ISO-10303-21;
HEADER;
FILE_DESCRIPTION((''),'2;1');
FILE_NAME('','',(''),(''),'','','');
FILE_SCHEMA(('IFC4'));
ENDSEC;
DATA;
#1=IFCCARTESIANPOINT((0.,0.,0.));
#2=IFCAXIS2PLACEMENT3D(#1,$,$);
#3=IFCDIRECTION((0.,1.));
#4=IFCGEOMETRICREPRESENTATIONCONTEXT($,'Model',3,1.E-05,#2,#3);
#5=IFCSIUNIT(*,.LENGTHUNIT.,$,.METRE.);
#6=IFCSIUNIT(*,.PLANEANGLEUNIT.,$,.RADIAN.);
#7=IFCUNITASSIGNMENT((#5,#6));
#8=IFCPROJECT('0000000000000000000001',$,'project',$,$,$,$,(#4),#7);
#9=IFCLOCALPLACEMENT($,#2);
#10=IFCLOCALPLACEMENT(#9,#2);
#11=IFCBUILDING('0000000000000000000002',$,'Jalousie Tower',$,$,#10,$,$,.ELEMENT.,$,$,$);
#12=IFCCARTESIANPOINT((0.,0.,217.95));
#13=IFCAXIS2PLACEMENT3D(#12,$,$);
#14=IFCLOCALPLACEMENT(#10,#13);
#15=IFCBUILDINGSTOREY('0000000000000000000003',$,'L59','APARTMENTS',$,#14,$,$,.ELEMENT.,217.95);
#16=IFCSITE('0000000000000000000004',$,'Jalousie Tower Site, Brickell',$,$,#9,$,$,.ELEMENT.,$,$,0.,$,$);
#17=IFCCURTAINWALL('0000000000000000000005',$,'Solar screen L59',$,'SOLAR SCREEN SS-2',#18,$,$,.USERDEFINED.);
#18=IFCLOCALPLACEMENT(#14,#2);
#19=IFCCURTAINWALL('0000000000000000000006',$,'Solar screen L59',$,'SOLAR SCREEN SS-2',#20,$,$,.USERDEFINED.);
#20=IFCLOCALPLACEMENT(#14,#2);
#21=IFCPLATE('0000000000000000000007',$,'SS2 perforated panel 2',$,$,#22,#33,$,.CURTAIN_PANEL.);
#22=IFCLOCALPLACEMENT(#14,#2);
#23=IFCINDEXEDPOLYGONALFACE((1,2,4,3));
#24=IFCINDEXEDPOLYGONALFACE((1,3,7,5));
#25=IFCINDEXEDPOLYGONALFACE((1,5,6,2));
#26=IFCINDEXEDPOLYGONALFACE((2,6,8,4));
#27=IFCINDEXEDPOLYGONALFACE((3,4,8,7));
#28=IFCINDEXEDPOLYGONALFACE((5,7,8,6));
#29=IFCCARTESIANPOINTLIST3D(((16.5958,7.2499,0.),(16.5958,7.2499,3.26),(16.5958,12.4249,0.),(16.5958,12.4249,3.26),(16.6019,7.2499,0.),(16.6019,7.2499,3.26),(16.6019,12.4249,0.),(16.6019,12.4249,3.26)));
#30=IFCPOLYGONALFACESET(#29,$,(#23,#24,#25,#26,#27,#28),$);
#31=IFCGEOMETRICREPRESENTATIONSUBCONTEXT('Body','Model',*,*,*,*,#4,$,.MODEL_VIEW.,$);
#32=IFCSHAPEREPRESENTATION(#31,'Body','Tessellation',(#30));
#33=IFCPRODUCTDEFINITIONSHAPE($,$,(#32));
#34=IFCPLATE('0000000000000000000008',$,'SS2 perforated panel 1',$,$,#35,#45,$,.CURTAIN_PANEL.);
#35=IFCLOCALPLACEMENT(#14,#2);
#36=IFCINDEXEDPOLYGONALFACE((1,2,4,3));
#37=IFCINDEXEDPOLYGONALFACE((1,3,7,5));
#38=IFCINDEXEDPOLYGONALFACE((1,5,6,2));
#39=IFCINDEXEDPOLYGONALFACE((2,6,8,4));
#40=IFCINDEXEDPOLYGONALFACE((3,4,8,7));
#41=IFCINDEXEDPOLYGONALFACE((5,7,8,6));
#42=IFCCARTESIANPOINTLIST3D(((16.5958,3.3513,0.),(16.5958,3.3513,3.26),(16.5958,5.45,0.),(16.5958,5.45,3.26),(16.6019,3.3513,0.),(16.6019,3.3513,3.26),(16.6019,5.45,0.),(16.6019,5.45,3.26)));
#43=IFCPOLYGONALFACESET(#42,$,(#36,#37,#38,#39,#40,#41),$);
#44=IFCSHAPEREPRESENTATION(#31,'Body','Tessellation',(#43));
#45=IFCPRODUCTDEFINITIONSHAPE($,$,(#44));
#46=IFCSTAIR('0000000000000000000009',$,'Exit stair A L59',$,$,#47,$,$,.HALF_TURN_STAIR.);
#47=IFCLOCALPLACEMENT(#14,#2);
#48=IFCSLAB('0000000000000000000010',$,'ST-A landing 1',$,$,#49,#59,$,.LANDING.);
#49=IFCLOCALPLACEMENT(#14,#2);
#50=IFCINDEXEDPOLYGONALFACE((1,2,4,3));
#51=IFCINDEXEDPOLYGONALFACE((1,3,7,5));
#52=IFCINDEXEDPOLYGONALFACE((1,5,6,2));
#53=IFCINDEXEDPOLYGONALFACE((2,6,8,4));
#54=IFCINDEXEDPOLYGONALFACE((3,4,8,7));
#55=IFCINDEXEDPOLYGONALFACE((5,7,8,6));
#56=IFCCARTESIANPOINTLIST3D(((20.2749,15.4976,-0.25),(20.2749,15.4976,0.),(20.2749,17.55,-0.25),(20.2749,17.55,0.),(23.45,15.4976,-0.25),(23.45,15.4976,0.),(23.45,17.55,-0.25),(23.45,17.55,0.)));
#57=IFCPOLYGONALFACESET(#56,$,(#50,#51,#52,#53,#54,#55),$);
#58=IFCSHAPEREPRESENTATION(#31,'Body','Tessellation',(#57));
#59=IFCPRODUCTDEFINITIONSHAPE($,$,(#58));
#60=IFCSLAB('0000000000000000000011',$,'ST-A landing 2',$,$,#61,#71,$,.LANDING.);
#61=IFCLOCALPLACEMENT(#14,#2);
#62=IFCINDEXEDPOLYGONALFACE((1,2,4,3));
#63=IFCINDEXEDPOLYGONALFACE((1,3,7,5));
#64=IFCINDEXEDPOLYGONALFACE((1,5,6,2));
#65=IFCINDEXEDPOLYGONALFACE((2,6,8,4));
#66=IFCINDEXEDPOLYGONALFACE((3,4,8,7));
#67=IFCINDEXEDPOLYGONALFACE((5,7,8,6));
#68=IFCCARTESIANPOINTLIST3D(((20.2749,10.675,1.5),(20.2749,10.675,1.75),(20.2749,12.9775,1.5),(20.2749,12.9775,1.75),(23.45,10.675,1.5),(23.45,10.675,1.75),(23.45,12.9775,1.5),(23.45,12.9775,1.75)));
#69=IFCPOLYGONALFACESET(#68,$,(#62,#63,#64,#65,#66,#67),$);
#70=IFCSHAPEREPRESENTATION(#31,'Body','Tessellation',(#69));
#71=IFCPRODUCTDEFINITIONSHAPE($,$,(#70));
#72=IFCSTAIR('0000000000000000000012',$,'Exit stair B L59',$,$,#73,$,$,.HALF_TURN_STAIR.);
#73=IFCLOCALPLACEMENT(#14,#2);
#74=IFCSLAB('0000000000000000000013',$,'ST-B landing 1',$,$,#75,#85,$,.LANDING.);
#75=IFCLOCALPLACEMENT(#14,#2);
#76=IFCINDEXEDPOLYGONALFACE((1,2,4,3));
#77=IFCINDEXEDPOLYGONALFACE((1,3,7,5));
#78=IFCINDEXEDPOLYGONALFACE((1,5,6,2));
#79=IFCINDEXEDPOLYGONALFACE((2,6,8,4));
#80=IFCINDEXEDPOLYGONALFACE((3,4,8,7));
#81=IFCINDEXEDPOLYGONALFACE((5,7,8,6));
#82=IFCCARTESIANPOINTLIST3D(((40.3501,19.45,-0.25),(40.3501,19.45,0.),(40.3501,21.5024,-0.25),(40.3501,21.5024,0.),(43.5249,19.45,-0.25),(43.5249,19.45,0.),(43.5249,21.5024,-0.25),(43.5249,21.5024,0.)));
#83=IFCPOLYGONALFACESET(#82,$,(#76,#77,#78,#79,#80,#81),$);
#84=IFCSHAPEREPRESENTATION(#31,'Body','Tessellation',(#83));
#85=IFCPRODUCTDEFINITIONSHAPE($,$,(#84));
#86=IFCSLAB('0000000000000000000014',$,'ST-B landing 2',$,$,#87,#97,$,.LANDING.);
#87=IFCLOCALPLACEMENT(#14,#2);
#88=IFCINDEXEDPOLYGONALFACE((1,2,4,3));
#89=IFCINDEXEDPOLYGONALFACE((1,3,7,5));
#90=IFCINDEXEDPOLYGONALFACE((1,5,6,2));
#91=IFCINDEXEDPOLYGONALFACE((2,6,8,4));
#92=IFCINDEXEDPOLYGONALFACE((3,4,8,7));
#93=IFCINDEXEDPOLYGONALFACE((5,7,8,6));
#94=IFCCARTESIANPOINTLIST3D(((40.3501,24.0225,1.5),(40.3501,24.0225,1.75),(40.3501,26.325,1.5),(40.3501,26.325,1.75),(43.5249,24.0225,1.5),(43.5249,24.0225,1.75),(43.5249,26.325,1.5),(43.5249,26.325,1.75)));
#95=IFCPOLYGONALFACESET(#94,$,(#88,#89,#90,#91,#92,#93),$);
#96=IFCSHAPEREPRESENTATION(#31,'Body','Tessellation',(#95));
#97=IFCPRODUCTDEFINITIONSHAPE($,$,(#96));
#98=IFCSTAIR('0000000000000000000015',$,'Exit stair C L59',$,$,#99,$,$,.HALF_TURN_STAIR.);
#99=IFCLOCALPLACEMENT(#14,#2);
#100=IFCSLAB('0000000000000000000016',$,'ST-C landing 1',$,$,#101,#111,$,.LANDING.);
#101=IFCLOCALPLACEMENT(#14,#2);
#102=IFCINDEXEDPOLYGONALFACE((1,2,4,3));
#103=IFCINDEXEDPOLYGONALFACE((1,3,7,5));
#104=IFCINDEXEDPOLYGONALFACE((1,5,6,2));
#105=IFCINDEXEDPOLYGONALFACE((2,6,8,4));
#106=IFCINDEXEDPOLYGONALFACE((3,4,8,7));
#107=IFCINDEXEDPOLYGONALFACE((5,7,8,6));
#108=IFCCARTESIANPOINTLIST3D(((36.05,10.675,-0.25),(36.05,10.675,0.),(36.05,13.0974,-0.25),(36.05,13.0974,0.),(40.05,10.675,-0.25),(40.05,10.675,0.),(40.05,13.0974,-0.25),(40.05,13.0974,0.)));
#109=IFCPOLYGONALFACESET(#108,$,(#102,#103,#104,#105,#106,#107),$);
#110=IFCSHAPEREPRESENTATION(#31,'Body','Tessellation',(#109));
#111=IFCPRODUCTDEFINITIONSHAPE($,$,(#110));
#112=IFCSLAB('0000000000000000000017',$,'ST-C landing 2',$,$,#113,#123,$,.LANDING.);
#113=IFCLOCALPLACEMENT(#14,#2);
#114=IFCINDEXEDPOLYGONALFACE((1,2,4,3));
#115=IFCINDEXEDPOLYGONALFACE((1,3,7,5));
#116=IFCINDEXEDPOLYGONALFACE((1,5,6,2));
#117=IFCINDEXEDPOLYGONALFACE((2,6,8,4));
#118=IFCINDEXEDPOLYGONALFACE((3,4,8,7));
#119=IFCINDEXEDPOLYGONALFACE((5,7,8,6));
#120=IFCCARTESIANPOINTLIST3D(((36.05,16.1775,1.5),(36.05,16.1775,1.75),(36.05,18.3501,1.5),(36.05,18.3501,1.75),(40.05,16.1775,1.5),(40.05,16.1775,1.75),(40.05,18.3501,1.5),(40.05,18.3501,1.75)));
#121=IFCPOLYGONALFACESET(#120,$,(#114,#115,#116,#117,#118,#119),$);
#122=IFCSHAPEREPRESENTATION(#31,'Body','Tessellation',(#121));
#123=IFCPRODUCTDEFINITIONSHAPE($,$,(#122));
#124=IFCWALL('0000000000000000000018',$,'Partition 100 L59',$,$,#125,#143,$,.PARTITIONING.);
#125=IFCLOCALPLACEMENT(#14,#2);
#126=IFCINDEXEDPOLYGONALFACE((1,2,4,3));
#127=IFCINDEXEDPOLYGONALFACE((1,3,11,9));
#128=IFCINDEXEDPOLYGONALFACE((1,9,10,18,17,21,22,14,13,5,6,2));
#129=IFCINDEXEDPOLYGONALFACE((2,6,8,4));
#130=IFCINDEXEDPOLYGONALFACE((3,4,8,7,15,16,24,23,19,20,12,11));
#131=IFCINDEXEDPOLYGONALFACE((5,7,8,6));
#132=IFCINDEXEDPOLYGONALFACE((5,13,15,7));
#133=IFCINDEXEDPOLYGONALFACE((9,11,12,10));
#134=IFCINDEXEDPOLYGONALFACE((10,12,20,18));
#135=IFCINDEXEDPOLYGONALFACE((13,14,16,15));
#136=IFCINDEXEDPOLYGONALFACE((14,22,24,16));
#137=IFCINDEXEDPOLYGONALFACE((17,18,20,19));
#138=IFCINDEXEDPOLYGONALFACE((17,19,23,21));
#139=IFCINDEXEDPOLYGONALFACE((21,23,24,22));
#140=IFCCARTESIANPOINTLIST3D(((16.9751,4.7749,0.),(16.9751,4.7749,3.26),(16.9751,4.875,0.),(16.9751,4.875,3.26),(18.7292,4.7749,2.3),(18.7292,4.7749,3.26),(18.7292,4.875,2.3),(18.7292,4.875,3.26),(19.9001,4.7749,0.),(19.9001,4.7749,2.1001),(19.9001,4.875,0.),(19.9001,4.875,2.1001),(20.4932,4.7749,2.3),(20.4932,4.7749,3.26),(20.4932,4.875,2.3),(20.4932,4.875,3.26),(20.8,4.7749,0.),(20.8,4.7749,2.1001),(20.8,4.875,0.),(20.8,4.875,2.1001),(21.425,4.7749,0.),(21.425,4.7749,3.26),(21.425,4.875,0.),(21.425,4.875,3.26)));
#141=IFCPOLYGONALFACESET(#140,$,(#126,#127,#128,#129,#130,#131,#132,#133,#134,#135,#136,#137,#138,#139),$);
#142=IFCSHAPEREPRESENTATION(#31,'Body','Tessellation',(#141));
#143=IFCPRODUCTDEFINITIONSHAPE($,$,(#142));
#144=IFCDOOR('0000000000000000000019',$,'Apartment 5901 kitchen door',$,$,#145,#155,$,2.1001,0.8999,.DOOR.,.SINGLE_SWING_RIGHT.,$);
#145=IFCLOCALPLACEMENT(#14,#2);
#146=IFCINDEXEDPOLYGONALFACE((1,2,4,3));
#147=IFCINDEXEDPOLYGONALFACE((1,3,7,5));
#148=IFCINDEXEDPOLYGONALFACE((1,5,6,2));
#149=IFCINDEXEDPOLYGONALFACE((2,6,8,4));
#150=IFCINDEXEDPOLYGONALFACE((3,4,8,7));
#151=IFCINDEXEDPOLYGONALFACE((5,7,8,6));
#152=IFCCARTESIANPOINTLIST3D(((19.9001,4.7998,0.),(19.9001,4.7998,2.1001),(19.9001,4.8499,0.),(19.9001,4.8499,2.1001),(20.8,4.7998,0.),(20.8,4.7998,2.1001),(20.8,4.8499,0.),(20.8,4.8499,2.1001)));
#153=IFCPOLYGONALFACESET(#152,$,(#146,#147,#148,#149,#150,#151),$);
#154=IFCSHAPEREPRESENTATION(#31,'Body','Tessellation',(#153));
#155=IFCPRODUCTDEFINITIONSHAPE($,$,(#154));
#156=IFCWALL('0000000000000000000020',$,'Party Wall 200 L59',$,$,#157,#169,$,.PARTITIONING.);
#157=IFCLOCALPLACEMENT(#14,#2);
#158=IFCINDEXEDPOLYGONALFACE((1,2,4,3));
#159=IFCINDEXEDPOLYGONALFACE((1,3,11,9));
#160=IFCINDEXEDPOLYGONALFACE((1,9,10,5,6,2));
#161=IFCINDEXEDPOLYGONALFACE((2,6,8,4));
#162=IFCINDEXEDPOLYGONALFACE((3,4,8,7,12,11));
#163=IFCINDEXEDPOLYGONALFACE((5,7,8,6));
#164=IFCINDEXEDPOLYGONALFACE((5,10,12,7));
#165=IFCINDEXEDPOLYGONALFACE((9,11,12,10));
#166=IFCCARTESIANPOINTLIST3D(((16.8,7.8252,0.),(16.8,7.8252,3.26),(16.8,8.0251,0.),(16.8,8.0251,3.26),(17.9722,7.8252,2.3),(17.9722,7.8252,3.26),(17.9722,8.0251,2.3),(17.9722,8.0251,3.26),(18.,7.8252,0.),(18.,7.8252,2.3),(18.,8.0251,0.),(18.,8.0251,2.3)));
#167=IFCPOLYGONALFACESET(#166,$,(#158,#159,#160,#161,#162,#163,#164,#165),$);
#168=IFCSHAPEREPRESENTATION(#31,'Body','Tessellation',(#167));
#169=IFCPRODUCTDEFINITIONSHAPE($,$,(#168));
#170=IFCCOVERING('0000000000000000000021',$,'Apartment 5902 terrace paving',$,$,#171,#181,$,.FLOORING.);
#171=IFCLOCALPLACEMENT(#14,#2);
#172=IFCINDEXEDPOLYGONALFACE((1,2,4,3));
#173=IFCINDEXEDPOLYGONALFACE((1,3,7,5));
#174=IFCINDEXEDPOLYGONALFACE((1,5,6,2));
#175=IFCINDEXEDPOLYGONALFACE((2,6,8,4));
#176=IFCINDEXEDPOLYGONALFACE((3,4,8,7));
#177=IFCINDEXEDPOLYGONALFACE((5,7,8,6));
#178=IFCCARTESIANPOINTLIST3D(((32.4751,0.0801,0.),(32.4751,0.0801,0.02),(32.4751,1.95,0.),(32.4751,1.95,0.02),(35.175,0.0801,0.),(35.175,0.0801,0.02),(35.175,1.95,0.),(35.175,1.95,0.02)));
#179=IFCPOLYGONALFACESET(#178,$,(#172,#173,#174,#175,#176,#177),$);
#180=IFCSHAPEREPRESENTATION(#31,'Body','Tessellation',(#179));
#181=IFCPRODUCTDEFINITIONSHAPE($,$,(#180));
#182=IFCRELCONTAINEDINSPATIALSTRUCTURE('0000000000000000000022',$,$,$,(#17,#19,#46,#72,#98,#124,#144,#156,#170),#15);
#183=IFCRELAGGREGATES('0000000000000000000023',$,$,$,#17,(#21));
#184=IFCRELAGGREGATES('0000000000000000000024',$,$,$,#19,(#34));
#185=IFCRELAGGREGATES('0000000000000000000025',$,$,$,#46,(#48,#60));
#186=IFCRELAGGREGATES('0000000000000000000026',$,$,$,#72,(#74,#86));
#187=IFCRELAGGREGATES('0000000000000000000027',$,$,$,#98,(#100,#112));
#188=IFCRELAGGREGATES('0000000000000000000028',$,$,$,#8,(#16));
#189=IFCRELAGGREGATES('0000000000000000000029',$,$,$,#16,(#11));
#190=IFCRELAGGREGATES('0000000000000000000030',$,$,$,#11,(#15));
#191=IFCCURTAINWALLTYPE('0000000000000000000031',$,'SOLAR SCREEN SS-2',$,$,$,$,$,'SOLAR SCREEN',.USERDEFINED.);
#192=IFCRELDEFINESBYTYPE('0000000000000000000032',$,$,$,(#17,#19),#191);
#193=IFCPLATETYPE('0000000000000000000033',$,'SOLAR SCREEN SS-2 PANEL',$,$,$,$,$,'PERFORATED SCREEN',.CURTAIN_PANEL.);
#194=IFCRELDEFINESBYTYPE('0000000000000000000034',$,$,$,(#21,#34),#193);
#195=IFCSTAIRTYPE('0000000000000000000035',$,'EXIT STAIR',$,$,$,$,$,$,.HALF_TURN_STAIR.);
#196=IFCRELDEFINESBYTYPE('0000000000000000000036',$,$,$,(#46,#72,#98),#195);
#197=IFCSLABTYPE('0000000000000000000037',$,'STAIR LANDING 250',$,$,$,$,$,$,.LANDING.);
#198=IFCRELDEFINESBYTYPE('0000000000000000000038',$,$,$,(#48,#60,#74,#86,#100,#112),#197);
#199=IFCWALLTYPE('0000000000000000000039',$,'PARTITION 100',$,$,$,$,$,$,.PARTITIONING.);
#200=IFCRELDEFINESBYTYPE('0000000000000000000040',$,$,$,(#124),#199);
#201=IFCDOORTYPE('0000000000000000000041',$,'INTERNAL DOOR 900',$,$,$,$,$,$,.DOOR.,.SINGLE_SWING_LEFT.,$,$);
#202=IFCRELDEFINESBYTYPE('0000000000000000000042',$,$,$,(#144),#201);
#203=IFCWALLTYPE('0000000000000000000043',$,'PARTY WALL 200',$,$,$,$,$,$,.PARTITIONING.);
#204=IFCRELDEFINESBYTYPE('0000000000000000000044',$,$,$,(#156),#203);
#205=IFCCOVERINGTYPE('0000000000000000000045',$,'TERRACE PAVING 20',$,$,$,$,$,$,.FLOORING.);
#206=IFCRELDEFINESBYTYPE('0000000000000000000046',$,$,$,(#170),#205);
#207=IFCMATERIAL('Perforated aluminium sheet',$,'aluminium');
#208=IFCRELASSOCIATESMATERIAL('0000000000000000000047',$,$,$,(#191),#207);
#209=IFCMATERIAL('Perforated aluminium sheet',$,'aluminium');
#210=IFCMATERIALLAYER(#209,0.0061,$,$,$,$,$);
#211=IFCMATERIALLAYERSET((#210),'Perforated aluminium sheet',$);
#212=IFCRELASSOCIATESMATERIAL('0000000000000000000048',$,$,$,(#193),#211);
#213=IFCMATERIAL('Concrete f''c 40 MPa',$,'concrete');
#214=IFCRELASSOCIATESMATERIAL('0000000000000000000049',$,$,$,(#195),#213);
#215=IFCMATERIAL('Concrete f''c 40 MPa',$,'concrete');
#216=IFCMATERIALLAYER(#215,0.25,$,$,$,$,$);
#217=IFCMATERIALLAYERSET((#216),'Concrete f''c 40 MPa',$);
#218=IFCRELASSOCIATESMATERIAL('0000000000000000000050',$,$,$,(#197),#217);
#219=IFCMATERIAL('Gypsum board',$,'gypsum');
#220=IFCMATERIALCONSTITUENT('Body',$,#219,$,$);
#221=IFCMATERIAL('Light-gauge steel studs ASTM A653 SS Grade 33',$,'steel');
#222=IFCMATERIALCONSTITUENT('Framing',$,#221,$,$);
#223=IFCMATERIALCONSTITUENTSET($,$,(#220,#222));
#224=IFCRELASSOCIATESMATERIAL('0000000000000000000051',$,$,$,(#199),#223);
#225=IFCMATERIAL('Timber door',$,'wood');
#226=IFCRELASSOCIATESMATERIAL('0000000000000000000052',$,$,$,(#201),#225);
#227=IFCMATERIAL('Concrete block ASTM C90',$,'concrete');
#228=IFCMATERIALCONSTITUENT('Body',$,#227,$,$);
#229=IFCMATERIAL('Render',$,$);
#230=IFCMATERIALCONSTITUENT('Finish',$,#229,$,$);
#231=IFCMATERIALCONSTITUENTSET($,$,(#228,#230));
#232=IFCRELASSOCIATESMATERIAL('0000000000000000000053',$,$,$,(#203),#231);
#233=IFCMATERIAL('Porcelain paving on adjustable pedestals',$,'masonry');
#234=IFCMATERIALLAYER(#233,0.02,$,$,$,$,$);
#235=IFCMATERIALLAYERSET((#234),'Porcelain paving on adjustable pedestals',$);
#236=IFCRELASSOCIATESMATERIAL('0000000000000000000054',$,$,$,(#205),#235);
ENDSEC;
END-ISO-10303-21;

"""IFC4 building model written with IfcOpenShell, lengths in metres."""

from ifc_helpers import new_model, si_unit, direction, frame, frame_2d, origin, origin_2d, place, context, subcontext, project, spatial, polyline, rectangle, outline, extrude, material, layer, layer_set, constituent, constituent_set, type_object, element, fill, aggregate, save


model = new_model("IFC4")

# Units and contexts
model_context = context("Model", 3, precision=1e-05, world=origin(), true_north=direction((0.0, 1.0)))
body_context = subcontext(model_context, "Body", "Model", "MODEL_VIEW")
ifc_project = project(units=[si_unit("LENGTHUNIT", "METRE"), si_unit("PLANEANGLEUNIT", "RADIAN")], contexts=[model_context])

# Site, building, storey
site_placement = place(None, origin())
site = spatial("IfcSite", under=ifc_project, at=site_placement, Name="Jalousie Tower Site, Brickell", CompositionType="ELEMENT", RefElevation=0.0)
building_placement = place(site_placement, origin())
building = spatial("IfcBuilding", under=site, at=building_placement, Name="Jalousie Tower", CompositionType="ELEMENT")
storey_placement = place(building_placement, frame((0.0, 0.0, 217.95)))
storey = spatial("IfcBuildingStorey", under=building, at=storey_placement, Name="L59", Description="APARTMENTS", CompositionType="ELEMENT", Elevation=217.95)

# Curtain walls
ifc_material_1 = material(Name="Perforated aluminium sheet", Category="aluminium")
curtain_wall_type_1 = type_object("IfcCurtainWallType", Name="SOLAR SCREEN SS-2", ElementType="SOLAR SCREEN", PredefinedType="USERDEFINED", material=ifc_material_1)
curtain_wall_1_placement = place(storey_placement, origin())
curtain_wall_1 = element("IfcCurtainWall", 1, at=curtain_wall_1_placement, inside=storey, type_object=curtain_wall_type_1, Name="Solar screen L59", ObjectType="SOLAR SCREEN SS-2", PredefinedType="USERDEFINED")
curtain_wall_2_placement = place(storey_placement, origin())
curtain_wall_2 = element("IfcCurtainWall", 2, at=curtain_wall_2_placement, inside=storey, type_object=curtain_wall_type_1, Name="Solar screen L59", ObjectType="SOLAR SCREEN SS-2", PredefinedType="USERDEFINED")

# Plates
ifc_material_2 = material(Name="Perforated aluminium sheet", Category="aluminium")
ifc_layer_1 = layer(ifc_material_2, 0.0061)
ifc_layer_set_1 = layer_set([ifc_layer_1], Name="Perforated aluminium sheet")
plate_type = type_object("IfcPlateType", Name="SOLAR SCREEN SS-2 PANEL", ElementType="PERFORATED SCREEN", PredefinedType="CURTAIN_PANEL", material=ifc_layer_set_1)
plate_1_placement = place(storey_placement, frame((16.5989, 9.8374, 0.0), z_axis=(0.0, 0.0, 1.0), x_axis=(0.0, -1.0, 0.0)))
plate_1 = element("IfcPlate", 3, at=plate_1_placement, type_object=plate_type, Name="SS2 perforated panel 2", PredefinedType="CURTAIN_PANEL", context=body_context, shape_type="SweptSolid", body=[
    extrude(rectangle(XDim=5.175, YDim=0.0061, at=origin_2d()), origin(), (0.0, 0.0, 1.0), 3.26),
])
aggregate(curtain_wall_1, [plate_1])
plate_2_placement = place(storey_placement, frame((16.5989, 4.4006, 0.0), z_axis=(0.0, 0.0, 1.0), x_axis=(0.0, -1.0, 0.0)))
plate_2 = element("IfcPlate", 4, at=plate_2_placement, type_object=plate_type, Name="SS2 perforated panel 1", PredefinedType="CURTAIN_PANEL", context=body_context, shape_type="SweptSolid", body=[
    extrude(rectangle(XDim=2.0986, YDim=0.0061, at=origin_2d()), origin(), (0.0, 0.0, 1.0), 3.26),
])
aggregate(curtain_wall_2, [plate_2])

# Stairs, slabs
ifc_material_3 = material(Name="Concrete f'c 40 MPa", Category="concrete")
stair_type = type_object("IfcStairType", Name="EXIT STAIR", PredefinedType="HALF_TURN_STAIR", material=ifc_material_3)
stair_1_placement = place(storey_placement, origin())
stair_1 = element("IfcStair", 5, at=stair_1_placement, inside=storey, type_object=stair_type, Name="Exit stair A L59", PredefinedType="HALF_TURN_STAIR")
ifc_material_4 = material(Name="Concrete f'c 40 MPa", Category="concrete")
ifc_layer_2 = layer(ifc_material_4, 0.25)
ifc_layer_set_2 = layer_set([ifc_layer_2], Name="Concrete f'c 40 MPa")
slab_type_1 = type_object("IfcSlabType", Name="STAIR LANDING 250", PredefinedType="LANDING", material=ifc_layer_set_2)
slab_1_placement = place(storey_placement, frame((0.0, 0.0, -0.25)))
slab_1 = element("IfcSlab", 6, at=slab_1_placement, type_object=slab_type_1, Name="ST-A landing 1", PredefinedType="LANDING", context=body_context, shape_type="SweptSolid", body=[
    extrude(outline(polyline([(20.2749, 15.4976), (23.45, 15.4976), (23.45, 17.55), (20.2749, 17.55), (20.2749, 15.4976)])), origin(), (0.0, 0.0, 1.0), 0.25),
])
slab_2_placement = place(storey_placement, frame((0.0, 0.0, 1.5)))
slab_2 = element("IfcSlab", 7, at=slab_2_placement, type_object=slab_type_1, Name="ST-A landing 2", PredefinedType="LANDING", context=body_context, shape_type="SweptSolid", body=[
    extrude(outline(polyline([(20.2749, 10.675), (23.45, 10.675), (23.45, 12.9775), (20.2749, 12.9775), (20.2749, 10.675)])), origin(), (0.0, 0.0, 1.0), 0.25),
])
aggregate(stair_1, [slab_1, slab_2])
stair_2_placement = place(storey_placement, origin())
stair_2 = element("IfcStair", 8, at=stair_2_placement, inside=storey, type_object=stair_type, Name="Exit stair B L59", PredefinedType="HALF_TURN_STAIR")
slab_3_placement = place(storey_placement, frame((0.0, 0.0, -0.25)))
slab_3 = element("IfcSlab", 9, at=slab_3_placement, type_object=slab_type_1, Name="ST-B landing 1", PredefinedType="LANDING", context=body_context, shape_type="SweptSolid", body=[
    extrude(outline(polyline([(40.3501, 19.45), (43.5249, 19.45), (43.5249, 21.5024), (40.3501, 21.5024), (40.3501, 19.45)])), origin(), (0.0, 0.0, 1.0), 0.25),
])
slab_4_placement = place(storey_placement, frame((0.0, 0.0, 1.5)))
slab_4 = element("IfcSlab", 10, at=slab_4_placement, type_object=slab_type_1, Name="ST-B landing 2", PredefinedType="LANDING", context=body_context, shape_type="SweptSolid", body=[
    extrude(outline(polyline([(40.3501, 24.0225), (43.5249, 24.0225), (43.5249, 26.325), (40.3501, 26.325), (40.3501, 24.0225)])), origin(), (0.0, 0.0, 1.0), 0.25),
])
aggregate(stair_2, [slab_3, slab_4])
stair_3_placement = place(storey_placement, origin())
stair_3 = element("IfcStair", 11, at=stair_3_placement, inside=storey, type_object=stair_type, Name="Exit stair C L59", PredefinedType="HALF_TURN_STAIR")
slab_5_placement = place(storey_placement, frame((0.0, 0.0, -0.25)))
slab_5 = element("IfcSlab", 12, at=slab_5_placement, type_object=slab_type_1, Name="ST-C landing 1", PredefinedType="LANDING", context=body_context, shape_type="SweptSolid", body=[
    extrude(outline(polyline([(36.05, 10.675), (40.05, 10.675), (40.05, 13.0974), (36.05, 13.0974), (36.05, 10.675)])), origin(), (0.0, 0.0, 1.0), 0.25),
])
slab_6_placement = place(storey_placement, frame((0.0, 0.0, 1.5)))
slab_6 = element("IfcSlab", 13, at=slab_6_placement, type_object=slab_type_1, Name="ST-C landing 2", PredefinedType="LANDING", context=body_context, shape_type="SweptSolid", body=[
    extrude(outline(polyline([(36.05, 16.1775), (40.05, 16.1775), (40.05, 18.3501), (36.05, 18.3501), (36.05, 16.1775)])), origin(), (0.0, 0.0, 1.0), 0.25),
])
aggregate(stair_3, [slab_5, slab_6])

# Wall, opening, door
ifc_material_5 = material(Name="Gypsum board", Category="gypsum")
ifc_constituent_1 = constituent(ifc_material_5, Name="Body")
ifc_material_6 = material(Name="Light-gauge steel studs ASTM A653 SS Grade 33", Category="steel")
ifc_constituent_2 = constituent(ifc_material_6, Name="Framing")
ifc_constituent_set_1 = constituent_set(constituents=[ifc_constituent_1, ifc_constituent_2])
wall_type_1 = type_object("IfcWallType", Name="PARTITION 100", PredefinedType="PARTITIONING", material=ifc_constituent_set_1)
wall_1_placement = place(storey_placement, frame((16.9751, 4.825, 0.0), z_axis=(0.0, 0.0, 1.0), x_axis=(1.0, 0.0, 0.0)))
wall_1 = element("IfcWall", 14, at=wall_1_placement, inside=storey, type_object=wall_type_1, Name="Partition 100 L59", PredefinedType="PARTITIONING", context=body_context, shape_type="SweptSolid", body=[
    extrude(outline(polyline([(0.0, 0.0), (4.45, 0.0), (4.45, 3.26), (3.5181, 3.26), (3.5181, 2.3), (1.7542, 2.3), (1.7542, 3.26), (0.0, 3.26), (0.0, 0.0)])), frame((0.0, 0.05, 0.0), z_axis=(0.0, -1.0, 0.0), x_axis=(1.0, 0.0, 0.0)), (0.0, 0.0, 1.0), 0.1001),
])
opening_placement = place(wall_1_placement, frame((2.925, 0.0, 0.0)))
opening = element("IfcOpeningElement", 15, at=opening_placement, cuts=wall_1, PredefinedType="OPENING", context=body_context, shape_type="SweptSolid", body=[
    extrude(rectangle(XDim=0.8999, YDim=2.1001, at=frame_2d((0.45, 1.05))), frame((0.0, 0.0601, 0.0), z_axis=(0.0, -1.0, 0.0), x_axis=(1.0, 0.0, 0.0)), (0.0, 0.0, 1.0), 0.1201),
])
ifc_material_7 = material(Name="Timber door", Category="wood")
door_type = type_object("IfcDoorType", Name="INTERNAL DOOR 900", OperationType="SINGLE_SWING_LEFT", PredefinedType="DOOR", material=ifc_material_7)
door_placement = place(opening_placement, origin())
door = element("IfcDoor", 16, at=door_placement, inside=storey, type_object=door_type, Name="Apartment 5901 kitchen door", OperationType="SINGLE_SWING_RIGHT", OverallHeight=2.1001, OverallWidth=0.8999, PredefinedType="DOOR", context=body_context, shape_type="SweptSolid", body=[
    extrude(rectangle(XDim=0.8999, YDim=2.1001, at=frame_2d((0.45, 1.05))), frame((0.0, 0.0249, 0.0), z_axis=(0.0, -1.0, 0.0), x_axis=(1.0, 0.0, 0.0)), (0.0, 0.0, 1.0), 0.05),
])
fill(opening, door)

# Wall
ifc_material_8 = material(Name="Concrete block ASTM C90", Category="concrete")
ifc_constituent_3 = constituent(ifc_material_8, Name="Body")
ifc_material_9 = material(Name="Render")
ifc_constituent_4 = constituent(ifc_material_9, Name="Finish")
ifc_constituent_set_2 = constituent_set(constituents=[ifc_constituent_3, ifc_constituent_4])
wall_type_2 = type_object("IfcWallType", Name="PARTY WALL 200", PredefinedType="PARTITIONING", material=ifc_constituent_set_2)
wall_2_placement = place(storey_placement, frame((16.8, 7.925, 0.0), z_axis=(0.0, 0.0, 1.0), x_axis=(1.0, 0.0, 0.0)))
element("IfcWall", 17, at=wall_2_placement, inside=storey, type_object=wall_type_2, Name="Party Wall 200 L59", PredefinedType="PARTITIONING", context=body_context, shape_type="SweptSolid", body=[
    extrude(outline(polyline([(0.0, 0.0), (1.2, 0.0), (1.2, 3.26), (1.2, 2.3), (1.1721, 2.3), (1.1721, 3.26), (0.0, 3.26), (0.0, 0.0)])), frame((0.0, 0.1001, 0.0), z_axis=(0.0, -1.0, 0.0), x_axis=(1.0, 0.0, 0.0)), (0.0, 0.0, 1.0), 0.2),
])

# Covering
ifc_material_10 = material(Name="Porcelain paving on adjustable pedestals", Category="masonry")
ifc_layer_3 = layer(ifc_material_10, 0.02)
ifc_layer_set_3 = layer_set([ifc_layer_3], Name="Porcelain paving on adjustable pedestals")
covering_type = type_object("IfcCoveringType", Name="TERRACE PAVING 20", PredefinedType="FLOORING", material=ifc_layer_set_3)
covering_1_placement = place(storey_placement, origin())
element("IfcCovering", 18, at=covering_1_placement, inside=storey, type_object=covering_type, Name="Apartment 5902 terrace paving", PredefinedType="FLOORING", context=body_context, shape_type="SweptSolid", body=[
    extrude(outline(polyline([(32.4751, 0.0801), (35.175, 0.0801), (35.175, 1.95), (32.4751, 1.95), (32.4751, 0.0801)])), origin(), (0.0, 0.0, 1.0), 0.02),
])

save(model, "model.ifc")
